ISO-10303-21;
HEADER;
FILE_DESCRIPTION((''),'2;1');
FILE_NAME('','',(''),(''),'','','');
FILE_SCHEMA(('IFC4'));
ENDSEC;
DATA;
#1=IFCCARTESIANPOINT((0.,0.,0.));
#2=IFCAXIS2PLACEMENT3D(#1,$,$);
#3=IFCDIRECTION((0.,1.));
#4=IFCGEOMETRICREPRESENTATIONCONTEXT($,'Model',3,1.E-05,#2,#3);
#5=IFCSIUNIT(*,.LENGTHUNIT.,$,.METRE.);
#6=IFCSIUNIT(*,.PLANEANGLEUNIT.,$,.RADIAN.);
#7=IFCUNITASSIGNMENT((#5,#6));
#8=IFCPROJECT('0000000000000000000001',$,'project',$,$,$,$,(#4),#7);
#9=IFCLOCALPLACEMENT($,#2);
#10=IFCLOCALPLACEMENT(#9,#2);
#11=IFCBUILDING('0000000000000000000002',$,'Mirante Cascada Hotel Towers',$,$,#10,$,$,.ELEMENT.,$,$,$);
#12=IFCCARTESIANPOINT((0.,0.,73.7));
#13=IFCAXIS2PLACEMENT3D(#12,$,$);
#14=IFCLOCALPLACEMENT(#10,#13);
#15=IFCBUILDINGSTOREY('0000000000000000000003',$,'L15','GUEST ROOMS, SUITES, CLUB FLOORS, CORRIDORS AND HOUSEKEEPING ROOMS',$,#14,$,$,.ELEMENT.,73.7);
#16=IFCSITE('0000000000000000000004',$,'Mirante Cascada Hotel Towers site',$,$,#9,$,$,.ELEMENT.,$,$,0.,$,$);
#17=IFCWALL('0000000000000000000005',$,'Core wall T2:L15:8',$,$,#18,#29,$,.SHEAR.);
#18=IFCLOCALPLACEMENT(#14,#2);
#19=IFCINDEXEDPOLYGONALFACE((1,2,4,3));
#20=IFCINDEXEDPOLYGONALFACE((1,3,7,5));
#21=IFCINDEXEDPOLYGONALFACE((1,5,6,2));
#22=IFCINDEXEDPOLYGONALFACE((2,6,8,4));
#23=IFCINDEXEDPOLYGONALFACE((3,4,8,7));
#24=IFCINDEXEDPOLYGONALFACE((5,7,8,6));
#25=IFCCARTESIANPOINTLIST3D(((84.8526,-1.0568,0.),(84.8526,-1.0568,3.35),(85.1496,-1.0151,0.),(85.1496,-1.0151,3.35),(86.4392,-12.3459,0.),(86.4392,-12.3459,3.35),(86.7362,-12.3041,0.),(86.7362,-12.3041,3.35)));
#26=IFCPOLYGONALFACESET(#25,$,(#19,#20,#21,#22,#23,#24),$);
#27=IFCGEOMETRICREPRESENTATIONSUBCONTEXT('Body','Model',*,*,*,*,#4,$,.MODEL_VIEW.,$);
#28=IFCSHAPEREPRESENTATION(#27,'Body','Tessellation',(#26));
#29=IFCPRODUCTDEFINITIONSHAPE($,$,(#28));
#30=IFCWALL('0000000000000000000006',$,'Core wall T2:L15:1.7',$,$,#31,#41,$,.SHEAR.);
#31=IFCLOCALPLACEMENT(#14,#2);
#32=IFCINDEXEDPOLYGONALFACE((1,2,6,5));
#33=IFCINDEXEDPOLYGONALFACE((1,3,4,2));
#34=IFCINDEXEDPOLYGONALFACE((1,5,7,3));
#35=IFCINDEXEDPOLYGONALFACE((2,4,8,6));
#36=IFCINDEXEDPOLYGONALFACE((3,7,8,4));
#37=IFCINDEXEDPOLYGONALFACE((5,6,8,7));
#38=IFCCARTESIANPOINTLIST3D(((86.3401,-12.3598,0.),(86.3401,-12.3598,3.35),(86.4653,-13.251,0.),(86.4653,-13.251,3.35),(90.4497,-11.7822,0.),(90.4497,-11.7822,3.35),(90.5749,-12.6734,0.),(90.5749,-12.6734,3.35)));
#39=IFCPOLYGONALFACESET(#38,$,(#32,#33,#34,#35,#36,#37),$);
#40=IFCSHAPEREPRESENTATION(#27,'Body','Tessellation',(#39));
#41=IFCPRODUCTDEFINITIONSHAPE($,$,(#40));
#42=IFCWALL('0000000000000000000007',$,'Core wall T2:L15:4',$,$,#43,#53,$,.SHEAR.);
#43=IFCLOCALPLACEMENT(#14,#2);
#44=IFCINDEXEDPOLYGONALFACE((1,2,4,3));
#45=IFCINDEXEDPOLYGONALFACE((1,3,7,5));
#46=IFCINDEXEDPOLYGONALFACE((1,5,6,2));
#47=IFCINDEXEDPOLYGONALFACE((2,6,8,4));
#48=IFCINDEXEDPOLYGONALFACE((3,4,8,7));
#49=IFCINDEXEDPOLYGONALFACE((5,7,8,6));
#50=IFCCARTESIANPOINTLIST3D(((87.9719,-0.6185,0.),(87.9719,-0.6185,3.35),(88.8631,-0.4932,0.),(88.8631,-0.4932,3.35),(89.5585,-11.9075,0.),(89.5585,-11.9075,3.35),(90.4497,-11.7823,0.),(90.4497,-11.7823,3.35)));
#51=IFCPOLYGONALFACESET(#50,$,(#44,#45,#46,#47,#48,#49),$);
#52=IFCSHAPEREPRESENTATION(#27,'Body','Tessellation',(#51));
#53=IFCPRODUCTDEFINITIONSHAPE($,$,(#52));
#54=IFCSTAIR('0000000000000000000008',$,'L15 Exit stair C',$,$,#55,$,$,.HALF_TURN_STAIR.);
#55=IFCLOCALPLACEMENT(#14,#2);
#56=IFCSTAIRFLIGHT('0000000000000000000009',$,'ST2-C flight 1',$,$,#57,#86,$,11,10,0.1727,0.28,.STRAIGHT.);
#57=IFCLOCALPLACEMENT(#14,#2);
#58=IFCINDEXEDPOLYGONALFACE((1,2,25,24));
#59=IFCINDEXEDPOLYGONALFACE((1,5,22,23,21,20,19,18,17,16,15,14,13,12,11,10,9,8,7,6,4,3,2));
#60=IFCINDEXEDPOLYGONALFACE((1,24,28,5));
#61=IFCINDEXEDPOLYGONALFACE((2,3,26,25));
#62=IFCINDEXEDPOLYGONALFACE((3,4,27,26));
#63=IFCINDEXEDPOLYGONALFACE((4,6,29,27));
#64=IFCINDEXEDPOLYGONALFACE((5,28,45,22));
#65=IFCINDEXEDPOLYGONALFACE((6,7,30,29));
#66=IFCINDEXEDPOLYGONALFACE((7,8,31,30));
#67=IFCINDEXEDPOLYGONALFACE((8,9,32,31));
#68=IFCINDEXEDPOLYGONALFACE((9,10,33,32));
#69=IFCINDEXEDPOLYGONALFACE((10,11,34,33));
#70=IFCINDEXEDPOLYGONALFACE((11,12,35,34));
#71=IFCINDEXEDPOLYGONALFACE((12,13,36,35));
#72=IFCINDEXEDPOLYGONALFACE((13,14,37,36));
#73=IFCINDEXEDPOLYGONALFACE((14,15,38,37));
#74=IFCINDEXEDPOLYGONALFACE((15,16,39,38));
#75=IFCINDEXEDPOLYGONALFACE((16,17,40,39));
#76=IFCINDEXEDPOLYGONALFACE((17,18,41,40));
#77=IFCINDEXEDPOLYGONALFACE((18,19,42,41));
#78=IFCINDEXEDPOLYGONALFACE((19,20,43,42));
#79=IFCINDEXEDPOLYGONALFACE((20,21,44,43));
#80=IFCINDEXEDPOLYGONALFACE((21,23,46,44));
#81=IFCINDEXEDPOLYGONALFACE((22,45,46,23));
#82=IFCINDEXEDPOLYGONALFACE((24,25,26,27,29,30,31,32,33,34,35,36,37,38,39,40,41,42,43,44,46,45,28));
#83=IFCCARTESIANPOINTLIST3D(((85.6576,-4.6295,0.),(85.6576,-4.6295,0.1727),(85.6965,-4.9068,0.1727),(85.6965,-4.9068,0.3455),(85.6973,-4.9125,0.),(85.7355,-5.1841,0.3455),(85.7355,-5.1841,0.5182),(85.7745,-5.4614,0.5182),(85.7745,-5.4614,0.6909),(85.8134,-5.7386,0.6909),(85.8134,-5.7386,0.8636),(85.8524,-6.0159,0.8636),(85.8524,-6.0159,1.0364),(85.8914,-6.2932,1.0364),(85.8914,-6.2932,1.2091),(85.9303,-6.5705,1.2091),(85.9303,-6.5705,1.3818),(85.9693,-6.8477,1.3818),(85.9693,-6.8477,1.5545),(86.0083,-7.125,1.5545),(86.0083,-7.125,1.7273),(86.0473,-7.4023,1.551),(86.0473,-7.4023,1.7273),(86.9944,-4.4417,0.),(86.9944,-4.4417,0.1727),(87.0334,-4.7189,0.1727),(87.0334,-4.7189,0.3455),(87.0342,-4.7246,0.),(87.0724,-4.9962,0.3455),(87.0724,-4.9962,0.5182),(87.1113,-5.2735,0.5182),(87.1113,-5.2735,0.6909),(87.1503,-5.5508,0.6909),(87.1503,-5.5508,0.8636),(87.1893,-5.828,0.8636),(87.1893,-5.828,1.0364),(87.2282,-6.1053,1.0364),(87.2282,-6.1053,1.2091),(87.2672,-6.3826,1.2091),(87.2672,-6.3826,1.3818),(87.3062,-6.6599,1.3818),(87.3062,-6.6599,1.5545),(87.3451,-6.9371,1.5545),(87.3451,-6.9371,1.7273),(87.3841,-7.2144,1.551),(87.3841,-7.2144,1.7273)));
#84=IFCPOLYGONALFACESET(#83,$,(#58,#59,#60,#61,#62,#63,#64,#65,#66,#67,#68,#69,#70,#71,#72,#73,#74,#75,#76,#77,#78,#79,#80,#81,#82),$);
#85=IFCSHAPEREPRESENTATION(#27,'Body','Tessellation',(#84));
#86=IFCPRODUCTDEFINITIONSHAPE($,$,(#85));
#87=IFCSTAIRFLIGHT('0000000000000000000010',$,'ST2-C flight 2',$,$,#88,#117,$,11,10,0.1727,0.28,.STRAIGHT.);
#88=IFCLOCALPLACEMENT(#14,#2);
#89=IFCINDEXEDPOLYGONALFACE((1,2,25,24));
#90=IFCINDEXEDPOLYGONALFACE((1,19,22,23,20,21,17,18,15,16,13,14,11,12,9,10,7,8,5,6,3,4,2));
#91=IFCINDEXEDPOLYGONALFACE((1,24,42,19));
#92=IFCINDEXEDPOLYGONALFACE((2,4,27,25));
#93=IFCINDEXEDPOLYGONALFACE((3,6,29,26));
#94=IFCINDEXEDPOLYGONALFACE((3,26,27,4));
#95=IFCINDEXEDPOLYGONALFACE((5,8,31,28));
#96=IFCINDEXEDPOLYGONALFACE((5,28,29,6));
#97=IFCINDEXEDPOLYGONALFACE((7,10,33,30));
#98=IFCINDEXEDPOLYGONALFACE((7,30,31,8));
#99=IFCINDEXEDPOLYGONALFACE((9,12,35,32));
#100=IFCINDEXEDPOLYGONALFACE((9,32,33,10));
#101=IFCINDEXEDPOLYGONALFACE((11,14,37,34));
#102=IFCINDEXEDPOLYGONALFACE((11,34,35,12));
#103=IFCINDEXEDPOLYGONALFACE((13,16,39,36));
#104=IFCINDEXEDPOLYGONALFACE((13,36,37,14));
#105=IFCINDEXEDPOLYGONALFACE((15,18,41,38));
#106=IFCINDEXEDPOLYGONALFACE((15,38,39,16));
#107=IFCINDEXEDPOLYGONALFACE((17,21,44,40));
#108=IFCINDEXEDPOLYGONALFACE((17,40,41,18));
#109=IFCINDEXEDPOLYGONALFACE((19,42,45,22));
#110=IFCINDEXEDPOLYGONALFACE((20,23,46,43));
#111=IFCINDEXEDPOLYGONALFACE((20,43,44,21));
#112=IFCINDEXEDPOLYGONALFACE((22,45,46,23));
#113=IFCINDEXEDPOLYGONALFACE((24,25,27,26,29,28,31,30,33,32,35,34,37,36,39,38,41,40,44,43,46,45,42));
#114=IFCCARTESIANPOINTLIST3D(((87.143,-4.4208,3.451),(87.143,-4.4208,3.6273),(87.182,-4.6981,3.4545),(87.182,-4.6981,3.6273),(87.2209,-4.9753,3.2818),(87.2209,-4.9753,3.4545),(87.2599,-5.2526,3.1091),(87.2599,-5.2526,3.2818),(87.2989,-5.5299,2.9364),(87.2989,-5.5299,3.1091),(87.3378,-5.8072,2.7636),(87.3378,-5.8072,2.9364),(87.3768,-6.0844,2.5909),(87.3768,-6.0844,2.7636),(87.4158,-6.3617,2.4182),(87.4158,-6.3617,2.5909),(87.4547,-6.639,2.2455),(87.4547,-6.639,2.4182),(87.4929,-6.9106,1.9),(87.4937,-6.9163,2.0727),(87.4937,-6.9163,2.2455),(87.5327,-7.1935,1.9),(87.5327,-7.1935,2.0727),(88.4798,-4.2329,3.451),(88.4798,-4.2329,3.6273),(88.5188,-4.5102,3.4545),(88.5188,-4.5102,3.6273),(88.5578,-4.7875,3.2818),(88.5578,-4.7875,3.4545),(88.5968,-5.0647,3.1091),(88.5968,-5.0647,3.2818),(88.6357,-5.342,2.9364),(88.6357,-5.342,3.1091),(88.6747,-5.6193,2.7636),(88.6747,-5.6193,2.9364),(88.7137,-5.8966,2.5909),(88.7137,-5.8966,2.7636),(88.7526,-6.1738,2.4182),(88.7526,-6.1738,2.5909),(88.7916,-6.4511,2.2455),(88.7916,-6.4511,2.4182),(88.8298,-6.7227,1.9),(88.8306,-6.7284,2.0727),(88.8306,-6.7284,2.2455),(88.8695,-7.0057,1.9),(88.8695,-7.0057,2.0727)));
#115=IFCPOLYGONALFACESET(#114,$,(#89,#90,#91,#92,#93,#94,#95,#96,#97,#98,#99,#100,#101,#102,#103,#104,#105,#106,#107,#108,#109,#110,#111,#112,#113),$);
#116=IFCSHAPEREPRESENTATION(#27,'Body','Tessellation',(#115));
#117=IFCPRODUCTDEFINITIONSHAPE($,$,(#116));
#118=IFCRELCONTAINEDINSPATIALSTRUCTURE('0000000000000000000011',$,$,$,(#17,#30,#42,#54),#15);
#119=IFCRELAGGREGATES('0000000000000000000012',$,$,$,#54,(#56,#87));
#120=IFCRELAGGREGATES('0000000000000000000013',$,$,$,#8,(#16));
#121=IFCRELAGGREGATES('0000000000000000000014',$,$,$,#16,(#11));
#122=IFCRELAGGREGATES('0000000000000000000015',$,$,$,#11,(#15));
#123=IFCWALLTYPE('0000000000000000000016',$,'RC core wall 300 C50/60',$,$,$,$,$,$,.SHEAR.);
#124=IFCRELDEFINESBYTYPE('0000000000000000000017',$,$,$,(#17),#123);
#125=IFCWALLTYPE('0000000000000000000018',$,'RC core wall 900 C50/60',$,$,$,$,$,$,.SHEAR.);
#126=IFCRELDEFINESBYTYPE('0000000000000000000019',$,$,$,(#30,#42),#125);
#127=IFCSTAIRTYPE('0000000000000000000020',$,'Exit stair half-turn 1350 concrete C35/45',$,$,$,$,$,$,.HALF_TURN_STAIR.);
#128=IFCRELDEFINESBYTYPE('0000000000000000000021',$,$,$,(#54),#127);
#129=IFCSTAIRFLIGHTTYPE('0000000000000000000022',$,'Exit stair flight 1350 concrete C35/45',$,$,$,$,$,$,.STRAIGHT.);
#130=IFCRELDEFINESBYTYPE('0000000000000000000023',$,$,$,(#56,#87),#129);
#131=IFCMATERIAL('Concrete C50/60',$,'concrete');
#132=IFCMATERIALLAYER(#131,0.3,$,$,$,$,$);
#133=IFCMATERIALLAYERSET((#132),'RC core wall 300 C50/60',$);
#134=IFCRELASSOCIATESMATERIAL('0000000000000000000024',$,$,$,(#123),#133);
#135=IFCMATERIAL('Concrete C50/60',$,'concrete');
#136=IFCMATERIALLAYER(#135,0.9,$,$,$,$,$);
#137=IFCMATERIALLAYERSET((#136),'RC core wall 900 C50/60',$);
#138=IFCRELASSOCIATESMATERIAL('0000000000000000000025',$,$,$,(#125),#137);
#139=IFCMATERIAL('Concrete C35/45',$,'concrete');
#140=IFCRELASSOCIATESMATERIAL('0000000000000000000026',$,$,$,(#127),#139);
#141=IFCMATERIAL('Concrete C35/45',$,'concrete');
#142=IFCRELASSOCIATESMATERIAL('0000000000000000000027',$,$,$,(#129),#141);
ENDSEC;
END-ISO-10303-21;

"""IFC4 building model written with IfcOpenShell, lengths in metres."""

from ifc_helpers import new_model, si_unit, direction, frame, frame_2d, origin, place, context, subcontext, project, spatial, polyline, rectangle, outline, extrude, material, layer, layer_set, type_object, element, aggregate, save


model = new_model("IFC4")

# Units and contexts
model_context = context("Model", 3, precision=1e-05, world=origin(), true_north=direction((0.0, 1.0)))
body_context = subcontext(model_context, "Body", "Model", "MODEL_VIEW")
ifc_project = project(units=[si_unit("LENGTHUNIT", "METRE"), si_unit("PLANEANGLEUNIT", "RADIAN")], contexts=[model_context])

# Site, building, storey
site_placement = place(None, origin())
site = spatial("IfcSite", under=ifc_project, at=site_placement, Name="Mirante Cascada Hotel Towers site", CompositionType="ELEMENT", RefElevation=0.0)
building_placement = place(site_placement, origin())
building = spatial("IfcBuilding", under=site, at=building_placement, Name="Mirante Cascada Hotel Towers", CompositionType="ELEMENT")
storey_placement = place(building_placement, frame((0.0, 0.0, 73.7)))
storey = spatial("IfcBuildingStorey", under=building, at=storey_placement, Name="L15", Description="GUEST ROOMS, SUITES, CLUB FLOORS, CORRIDORS AND HOUSEKEEPING ROOMS", CompositionType="ELEMENT", Elevation=73.7)

# Walls
ifc_material_1 = material(Name="Concrete C50/60", Category="concrete")
ifc_layer_1 = layer(ifc_material_1, 0.3)
ifc_layer_set_1 = layer_set([ifc_layer_1], Name="RC core wall 300 C50/60")
wall_type_1 = type_object("IfcWallType", Name="RC core wall 300 C50/60", PredefinedType="SHEAR", material=ifc_layer_set_1)
wall_1_placement = place(storey_placement, frame((86.5877, -12.325, 0.0), z_axis=(0.0, 0.0, 1.0), x_axis=(-0.139175, 0.990268, 0.0)))
element("IfcWall", 1, at=wall_1_placement, inside=storey, type_object=wall_type_1, Name="Core wall T2:L15:8", PredefinedType="SHEAR", context=body_context, shape_type="SweptSolid", body=[
    extrude(rectangle(XDim=11.4, YDim=0.3, at=frame_2d((5.7, 0.0))), origin(), (0.0, 0.0, 1.0), 3.35),
])
ifc_material_2 = material(Name="Concrete C50/60", Category="concrete")
ifc_layer_2 = layer(ifc_material_2, 0.9)
ifc_layer_set_2 = layer_set([ifc_layer_2], Name="RC core wall 900 C50/60")
wall_type_2 = type_object("IfcWallType", Name="RC core wall 900 C50/60", PredefinedType="SHEAR", material=ifc_layer_set_2)
wall_2_placement = place(storey_placement, frame((86.4027, -12.8054, 0.0), z_axis=(0.0, 0.0, 1.0), x_axis=(0.990267, 0.139181, 0.0)))
element("IfcWall", 2, at=wall_2_placement, inside=storey, type_object=wall_type_2, Name="Core wall T2:L15:1.7", PredefinedType="SHEAR", context=body_context, shape_type="SweptSolid", body=[
    extrude(rectangle(XDim=4.15, YDim=0.9, at=frame_2d((2.075, 0.0))), origin(), (0.0, 0.0, 1.0), 3.35),
])
wall_3_placement = place(storey_placement, frame((90.0041, -11.8449, 0.0), z_axis=(0.0, 0.0, 1.0), x_axis=(-0.139175, 0.990268, 0.0)))
element("IfcWall", 3, at=wall_3_placement, inside=storey, type_object=wall_type_2, Name="Core wall T2:L15:4", PredefinedType="SHEAR", context=body_context, shape_type="SweptSolid", body=[
    extrude(rectangle(XDim=11.4, YDim=0.9, at=frame_2d((5.7, 0.0))), origin(), (0.0, 0.0, 1.0), 3.35),
])

# Stair, stair flights
ifc_material_3 = material(Name="Concrete C35/45", Category="concrete")
stair_type = type_object("IfcStairType", Name="Exit stair half-turn 1350 concrete C35/45", PredefinedType="HALF_TURN_STAIR", material=ifc_material_3)
stair_placement = place(storey_placement, origin())
stair = element("IfcStair", 4, at=stair_placement, inside=storey, type_object=stair_type, Name="L15 Exit stair C", PredefinedType="HALF_TURN_STAIR")
ifc_material_4 = material(Name="Concrete C35/45", Category="concrete")
stair_flight_type = type_object("IfcStairFlightType", Name="Exit stair flight 1350 concrete C35/45", PredefinedType="STRAIGHT", material=ifc_material_4)
stair_flight_1_placement = place(storey_placement, frame((86.326, -4.5356, 0.0), z_axis=(0.0, 0.0, 1.0), x_axis=(0.139173, -0.990268, 0.0)))
stair_flight_1 = element("IfcStairFlight", 5, at=stair_flight_1_placement, type_object=stair_flight_type, Name="ST2-C flight 1", NumberOfRisers=11, NumberOfTreads=10, PredefinedType="STRAIGHT", RiserHeight=0.1727, TreadLength=0.28, context=body_context, shape_type="SweptSolid", body=[
    extrude(outline(polyline([(0.0, 0.0), (0.0, 0.1727), (0.28, 0.1727), (0.28, 0.3455), (0.56, 0.3455), (0.56, 0.5182), (0.84, 0.5182), (0.84, 0.6909), (1.12, 0.6909), (1.12, 0.8636), (1.4, 0.8636), (1.4, 1.0364), (1.68, 1.0364), (1.68, 1.2091), (1.96, 1.2091), (1.96, 1.3818), (2.24, 1.3818), (2.24, 1.5545), (2.52, 1.5545), (2.52, 1.7273), (2.8, 1.7273), (2.8, 1.9), (2.8, 1.551), (0.2857, 0.0), (0.0, 0.0)])), frame((0.0, 0.675, 0.0), z_axis=(0.0, -1.0, 0.0), x_axis=(1.0, 0.0, 0.0)), (0.0, 0.0, 1.0), 1.35),
])
stair_flight_2_placement = place(storey_placement, frame((88.2011, -7.0996, 1.9), z_axis=(0.0, 0.0, 1.0), x_axis=(-0.139173, 0.990268, 0.0)))
stair_flight_2 = element("IfcStairFlight", 6, at=stair_flight_2_placement, type_object=stair_flight_type, Name="ST2-C flight 2", NumberOfRisers=11, NumberOfTreads=10, PredefinedType="STRAIGHT", RiserHeight=0.1727, TreadLength=0.28, context=body_context, shape_type="SweptSolid", body=[
    extrude(outline(polyline([(0.0, 0.0), (0.0, 0.1727), (0.28, 0.1727), (0.28, 0.3455), (0.56, 0.3455), (0.56, 0.5182), (0.84, 0.5182), (0.84, 0.6909), (1.12, 0.6909), (1.12, 0.8636), (1.4, 0.8636), (1.4, 1.0364), (1.68, 1.0364), (1.68, 1.2091), (1.96, 1.2091), (1.96, 1.3818), (2.24, 1.3818), (2.24, 1.5545), (2.52, 1.5545), (2.52, 1.7273), (2.8, 1.7273), (2.8, 1.9), (2.8, 1.551), (0.2857, 0.0), (0.0, 0.0)])), frame((0.0, 0.675, 0.0), z_axis=(0.0, -1.0, 0.0), x_axis=(1.0, 0.0, 0.0)), (0.0, 0.0, 1.0), 1.35),
])
aggregate(stair, [stair_flight_1, stair_flight_2])

save(model, "model.ifc")
